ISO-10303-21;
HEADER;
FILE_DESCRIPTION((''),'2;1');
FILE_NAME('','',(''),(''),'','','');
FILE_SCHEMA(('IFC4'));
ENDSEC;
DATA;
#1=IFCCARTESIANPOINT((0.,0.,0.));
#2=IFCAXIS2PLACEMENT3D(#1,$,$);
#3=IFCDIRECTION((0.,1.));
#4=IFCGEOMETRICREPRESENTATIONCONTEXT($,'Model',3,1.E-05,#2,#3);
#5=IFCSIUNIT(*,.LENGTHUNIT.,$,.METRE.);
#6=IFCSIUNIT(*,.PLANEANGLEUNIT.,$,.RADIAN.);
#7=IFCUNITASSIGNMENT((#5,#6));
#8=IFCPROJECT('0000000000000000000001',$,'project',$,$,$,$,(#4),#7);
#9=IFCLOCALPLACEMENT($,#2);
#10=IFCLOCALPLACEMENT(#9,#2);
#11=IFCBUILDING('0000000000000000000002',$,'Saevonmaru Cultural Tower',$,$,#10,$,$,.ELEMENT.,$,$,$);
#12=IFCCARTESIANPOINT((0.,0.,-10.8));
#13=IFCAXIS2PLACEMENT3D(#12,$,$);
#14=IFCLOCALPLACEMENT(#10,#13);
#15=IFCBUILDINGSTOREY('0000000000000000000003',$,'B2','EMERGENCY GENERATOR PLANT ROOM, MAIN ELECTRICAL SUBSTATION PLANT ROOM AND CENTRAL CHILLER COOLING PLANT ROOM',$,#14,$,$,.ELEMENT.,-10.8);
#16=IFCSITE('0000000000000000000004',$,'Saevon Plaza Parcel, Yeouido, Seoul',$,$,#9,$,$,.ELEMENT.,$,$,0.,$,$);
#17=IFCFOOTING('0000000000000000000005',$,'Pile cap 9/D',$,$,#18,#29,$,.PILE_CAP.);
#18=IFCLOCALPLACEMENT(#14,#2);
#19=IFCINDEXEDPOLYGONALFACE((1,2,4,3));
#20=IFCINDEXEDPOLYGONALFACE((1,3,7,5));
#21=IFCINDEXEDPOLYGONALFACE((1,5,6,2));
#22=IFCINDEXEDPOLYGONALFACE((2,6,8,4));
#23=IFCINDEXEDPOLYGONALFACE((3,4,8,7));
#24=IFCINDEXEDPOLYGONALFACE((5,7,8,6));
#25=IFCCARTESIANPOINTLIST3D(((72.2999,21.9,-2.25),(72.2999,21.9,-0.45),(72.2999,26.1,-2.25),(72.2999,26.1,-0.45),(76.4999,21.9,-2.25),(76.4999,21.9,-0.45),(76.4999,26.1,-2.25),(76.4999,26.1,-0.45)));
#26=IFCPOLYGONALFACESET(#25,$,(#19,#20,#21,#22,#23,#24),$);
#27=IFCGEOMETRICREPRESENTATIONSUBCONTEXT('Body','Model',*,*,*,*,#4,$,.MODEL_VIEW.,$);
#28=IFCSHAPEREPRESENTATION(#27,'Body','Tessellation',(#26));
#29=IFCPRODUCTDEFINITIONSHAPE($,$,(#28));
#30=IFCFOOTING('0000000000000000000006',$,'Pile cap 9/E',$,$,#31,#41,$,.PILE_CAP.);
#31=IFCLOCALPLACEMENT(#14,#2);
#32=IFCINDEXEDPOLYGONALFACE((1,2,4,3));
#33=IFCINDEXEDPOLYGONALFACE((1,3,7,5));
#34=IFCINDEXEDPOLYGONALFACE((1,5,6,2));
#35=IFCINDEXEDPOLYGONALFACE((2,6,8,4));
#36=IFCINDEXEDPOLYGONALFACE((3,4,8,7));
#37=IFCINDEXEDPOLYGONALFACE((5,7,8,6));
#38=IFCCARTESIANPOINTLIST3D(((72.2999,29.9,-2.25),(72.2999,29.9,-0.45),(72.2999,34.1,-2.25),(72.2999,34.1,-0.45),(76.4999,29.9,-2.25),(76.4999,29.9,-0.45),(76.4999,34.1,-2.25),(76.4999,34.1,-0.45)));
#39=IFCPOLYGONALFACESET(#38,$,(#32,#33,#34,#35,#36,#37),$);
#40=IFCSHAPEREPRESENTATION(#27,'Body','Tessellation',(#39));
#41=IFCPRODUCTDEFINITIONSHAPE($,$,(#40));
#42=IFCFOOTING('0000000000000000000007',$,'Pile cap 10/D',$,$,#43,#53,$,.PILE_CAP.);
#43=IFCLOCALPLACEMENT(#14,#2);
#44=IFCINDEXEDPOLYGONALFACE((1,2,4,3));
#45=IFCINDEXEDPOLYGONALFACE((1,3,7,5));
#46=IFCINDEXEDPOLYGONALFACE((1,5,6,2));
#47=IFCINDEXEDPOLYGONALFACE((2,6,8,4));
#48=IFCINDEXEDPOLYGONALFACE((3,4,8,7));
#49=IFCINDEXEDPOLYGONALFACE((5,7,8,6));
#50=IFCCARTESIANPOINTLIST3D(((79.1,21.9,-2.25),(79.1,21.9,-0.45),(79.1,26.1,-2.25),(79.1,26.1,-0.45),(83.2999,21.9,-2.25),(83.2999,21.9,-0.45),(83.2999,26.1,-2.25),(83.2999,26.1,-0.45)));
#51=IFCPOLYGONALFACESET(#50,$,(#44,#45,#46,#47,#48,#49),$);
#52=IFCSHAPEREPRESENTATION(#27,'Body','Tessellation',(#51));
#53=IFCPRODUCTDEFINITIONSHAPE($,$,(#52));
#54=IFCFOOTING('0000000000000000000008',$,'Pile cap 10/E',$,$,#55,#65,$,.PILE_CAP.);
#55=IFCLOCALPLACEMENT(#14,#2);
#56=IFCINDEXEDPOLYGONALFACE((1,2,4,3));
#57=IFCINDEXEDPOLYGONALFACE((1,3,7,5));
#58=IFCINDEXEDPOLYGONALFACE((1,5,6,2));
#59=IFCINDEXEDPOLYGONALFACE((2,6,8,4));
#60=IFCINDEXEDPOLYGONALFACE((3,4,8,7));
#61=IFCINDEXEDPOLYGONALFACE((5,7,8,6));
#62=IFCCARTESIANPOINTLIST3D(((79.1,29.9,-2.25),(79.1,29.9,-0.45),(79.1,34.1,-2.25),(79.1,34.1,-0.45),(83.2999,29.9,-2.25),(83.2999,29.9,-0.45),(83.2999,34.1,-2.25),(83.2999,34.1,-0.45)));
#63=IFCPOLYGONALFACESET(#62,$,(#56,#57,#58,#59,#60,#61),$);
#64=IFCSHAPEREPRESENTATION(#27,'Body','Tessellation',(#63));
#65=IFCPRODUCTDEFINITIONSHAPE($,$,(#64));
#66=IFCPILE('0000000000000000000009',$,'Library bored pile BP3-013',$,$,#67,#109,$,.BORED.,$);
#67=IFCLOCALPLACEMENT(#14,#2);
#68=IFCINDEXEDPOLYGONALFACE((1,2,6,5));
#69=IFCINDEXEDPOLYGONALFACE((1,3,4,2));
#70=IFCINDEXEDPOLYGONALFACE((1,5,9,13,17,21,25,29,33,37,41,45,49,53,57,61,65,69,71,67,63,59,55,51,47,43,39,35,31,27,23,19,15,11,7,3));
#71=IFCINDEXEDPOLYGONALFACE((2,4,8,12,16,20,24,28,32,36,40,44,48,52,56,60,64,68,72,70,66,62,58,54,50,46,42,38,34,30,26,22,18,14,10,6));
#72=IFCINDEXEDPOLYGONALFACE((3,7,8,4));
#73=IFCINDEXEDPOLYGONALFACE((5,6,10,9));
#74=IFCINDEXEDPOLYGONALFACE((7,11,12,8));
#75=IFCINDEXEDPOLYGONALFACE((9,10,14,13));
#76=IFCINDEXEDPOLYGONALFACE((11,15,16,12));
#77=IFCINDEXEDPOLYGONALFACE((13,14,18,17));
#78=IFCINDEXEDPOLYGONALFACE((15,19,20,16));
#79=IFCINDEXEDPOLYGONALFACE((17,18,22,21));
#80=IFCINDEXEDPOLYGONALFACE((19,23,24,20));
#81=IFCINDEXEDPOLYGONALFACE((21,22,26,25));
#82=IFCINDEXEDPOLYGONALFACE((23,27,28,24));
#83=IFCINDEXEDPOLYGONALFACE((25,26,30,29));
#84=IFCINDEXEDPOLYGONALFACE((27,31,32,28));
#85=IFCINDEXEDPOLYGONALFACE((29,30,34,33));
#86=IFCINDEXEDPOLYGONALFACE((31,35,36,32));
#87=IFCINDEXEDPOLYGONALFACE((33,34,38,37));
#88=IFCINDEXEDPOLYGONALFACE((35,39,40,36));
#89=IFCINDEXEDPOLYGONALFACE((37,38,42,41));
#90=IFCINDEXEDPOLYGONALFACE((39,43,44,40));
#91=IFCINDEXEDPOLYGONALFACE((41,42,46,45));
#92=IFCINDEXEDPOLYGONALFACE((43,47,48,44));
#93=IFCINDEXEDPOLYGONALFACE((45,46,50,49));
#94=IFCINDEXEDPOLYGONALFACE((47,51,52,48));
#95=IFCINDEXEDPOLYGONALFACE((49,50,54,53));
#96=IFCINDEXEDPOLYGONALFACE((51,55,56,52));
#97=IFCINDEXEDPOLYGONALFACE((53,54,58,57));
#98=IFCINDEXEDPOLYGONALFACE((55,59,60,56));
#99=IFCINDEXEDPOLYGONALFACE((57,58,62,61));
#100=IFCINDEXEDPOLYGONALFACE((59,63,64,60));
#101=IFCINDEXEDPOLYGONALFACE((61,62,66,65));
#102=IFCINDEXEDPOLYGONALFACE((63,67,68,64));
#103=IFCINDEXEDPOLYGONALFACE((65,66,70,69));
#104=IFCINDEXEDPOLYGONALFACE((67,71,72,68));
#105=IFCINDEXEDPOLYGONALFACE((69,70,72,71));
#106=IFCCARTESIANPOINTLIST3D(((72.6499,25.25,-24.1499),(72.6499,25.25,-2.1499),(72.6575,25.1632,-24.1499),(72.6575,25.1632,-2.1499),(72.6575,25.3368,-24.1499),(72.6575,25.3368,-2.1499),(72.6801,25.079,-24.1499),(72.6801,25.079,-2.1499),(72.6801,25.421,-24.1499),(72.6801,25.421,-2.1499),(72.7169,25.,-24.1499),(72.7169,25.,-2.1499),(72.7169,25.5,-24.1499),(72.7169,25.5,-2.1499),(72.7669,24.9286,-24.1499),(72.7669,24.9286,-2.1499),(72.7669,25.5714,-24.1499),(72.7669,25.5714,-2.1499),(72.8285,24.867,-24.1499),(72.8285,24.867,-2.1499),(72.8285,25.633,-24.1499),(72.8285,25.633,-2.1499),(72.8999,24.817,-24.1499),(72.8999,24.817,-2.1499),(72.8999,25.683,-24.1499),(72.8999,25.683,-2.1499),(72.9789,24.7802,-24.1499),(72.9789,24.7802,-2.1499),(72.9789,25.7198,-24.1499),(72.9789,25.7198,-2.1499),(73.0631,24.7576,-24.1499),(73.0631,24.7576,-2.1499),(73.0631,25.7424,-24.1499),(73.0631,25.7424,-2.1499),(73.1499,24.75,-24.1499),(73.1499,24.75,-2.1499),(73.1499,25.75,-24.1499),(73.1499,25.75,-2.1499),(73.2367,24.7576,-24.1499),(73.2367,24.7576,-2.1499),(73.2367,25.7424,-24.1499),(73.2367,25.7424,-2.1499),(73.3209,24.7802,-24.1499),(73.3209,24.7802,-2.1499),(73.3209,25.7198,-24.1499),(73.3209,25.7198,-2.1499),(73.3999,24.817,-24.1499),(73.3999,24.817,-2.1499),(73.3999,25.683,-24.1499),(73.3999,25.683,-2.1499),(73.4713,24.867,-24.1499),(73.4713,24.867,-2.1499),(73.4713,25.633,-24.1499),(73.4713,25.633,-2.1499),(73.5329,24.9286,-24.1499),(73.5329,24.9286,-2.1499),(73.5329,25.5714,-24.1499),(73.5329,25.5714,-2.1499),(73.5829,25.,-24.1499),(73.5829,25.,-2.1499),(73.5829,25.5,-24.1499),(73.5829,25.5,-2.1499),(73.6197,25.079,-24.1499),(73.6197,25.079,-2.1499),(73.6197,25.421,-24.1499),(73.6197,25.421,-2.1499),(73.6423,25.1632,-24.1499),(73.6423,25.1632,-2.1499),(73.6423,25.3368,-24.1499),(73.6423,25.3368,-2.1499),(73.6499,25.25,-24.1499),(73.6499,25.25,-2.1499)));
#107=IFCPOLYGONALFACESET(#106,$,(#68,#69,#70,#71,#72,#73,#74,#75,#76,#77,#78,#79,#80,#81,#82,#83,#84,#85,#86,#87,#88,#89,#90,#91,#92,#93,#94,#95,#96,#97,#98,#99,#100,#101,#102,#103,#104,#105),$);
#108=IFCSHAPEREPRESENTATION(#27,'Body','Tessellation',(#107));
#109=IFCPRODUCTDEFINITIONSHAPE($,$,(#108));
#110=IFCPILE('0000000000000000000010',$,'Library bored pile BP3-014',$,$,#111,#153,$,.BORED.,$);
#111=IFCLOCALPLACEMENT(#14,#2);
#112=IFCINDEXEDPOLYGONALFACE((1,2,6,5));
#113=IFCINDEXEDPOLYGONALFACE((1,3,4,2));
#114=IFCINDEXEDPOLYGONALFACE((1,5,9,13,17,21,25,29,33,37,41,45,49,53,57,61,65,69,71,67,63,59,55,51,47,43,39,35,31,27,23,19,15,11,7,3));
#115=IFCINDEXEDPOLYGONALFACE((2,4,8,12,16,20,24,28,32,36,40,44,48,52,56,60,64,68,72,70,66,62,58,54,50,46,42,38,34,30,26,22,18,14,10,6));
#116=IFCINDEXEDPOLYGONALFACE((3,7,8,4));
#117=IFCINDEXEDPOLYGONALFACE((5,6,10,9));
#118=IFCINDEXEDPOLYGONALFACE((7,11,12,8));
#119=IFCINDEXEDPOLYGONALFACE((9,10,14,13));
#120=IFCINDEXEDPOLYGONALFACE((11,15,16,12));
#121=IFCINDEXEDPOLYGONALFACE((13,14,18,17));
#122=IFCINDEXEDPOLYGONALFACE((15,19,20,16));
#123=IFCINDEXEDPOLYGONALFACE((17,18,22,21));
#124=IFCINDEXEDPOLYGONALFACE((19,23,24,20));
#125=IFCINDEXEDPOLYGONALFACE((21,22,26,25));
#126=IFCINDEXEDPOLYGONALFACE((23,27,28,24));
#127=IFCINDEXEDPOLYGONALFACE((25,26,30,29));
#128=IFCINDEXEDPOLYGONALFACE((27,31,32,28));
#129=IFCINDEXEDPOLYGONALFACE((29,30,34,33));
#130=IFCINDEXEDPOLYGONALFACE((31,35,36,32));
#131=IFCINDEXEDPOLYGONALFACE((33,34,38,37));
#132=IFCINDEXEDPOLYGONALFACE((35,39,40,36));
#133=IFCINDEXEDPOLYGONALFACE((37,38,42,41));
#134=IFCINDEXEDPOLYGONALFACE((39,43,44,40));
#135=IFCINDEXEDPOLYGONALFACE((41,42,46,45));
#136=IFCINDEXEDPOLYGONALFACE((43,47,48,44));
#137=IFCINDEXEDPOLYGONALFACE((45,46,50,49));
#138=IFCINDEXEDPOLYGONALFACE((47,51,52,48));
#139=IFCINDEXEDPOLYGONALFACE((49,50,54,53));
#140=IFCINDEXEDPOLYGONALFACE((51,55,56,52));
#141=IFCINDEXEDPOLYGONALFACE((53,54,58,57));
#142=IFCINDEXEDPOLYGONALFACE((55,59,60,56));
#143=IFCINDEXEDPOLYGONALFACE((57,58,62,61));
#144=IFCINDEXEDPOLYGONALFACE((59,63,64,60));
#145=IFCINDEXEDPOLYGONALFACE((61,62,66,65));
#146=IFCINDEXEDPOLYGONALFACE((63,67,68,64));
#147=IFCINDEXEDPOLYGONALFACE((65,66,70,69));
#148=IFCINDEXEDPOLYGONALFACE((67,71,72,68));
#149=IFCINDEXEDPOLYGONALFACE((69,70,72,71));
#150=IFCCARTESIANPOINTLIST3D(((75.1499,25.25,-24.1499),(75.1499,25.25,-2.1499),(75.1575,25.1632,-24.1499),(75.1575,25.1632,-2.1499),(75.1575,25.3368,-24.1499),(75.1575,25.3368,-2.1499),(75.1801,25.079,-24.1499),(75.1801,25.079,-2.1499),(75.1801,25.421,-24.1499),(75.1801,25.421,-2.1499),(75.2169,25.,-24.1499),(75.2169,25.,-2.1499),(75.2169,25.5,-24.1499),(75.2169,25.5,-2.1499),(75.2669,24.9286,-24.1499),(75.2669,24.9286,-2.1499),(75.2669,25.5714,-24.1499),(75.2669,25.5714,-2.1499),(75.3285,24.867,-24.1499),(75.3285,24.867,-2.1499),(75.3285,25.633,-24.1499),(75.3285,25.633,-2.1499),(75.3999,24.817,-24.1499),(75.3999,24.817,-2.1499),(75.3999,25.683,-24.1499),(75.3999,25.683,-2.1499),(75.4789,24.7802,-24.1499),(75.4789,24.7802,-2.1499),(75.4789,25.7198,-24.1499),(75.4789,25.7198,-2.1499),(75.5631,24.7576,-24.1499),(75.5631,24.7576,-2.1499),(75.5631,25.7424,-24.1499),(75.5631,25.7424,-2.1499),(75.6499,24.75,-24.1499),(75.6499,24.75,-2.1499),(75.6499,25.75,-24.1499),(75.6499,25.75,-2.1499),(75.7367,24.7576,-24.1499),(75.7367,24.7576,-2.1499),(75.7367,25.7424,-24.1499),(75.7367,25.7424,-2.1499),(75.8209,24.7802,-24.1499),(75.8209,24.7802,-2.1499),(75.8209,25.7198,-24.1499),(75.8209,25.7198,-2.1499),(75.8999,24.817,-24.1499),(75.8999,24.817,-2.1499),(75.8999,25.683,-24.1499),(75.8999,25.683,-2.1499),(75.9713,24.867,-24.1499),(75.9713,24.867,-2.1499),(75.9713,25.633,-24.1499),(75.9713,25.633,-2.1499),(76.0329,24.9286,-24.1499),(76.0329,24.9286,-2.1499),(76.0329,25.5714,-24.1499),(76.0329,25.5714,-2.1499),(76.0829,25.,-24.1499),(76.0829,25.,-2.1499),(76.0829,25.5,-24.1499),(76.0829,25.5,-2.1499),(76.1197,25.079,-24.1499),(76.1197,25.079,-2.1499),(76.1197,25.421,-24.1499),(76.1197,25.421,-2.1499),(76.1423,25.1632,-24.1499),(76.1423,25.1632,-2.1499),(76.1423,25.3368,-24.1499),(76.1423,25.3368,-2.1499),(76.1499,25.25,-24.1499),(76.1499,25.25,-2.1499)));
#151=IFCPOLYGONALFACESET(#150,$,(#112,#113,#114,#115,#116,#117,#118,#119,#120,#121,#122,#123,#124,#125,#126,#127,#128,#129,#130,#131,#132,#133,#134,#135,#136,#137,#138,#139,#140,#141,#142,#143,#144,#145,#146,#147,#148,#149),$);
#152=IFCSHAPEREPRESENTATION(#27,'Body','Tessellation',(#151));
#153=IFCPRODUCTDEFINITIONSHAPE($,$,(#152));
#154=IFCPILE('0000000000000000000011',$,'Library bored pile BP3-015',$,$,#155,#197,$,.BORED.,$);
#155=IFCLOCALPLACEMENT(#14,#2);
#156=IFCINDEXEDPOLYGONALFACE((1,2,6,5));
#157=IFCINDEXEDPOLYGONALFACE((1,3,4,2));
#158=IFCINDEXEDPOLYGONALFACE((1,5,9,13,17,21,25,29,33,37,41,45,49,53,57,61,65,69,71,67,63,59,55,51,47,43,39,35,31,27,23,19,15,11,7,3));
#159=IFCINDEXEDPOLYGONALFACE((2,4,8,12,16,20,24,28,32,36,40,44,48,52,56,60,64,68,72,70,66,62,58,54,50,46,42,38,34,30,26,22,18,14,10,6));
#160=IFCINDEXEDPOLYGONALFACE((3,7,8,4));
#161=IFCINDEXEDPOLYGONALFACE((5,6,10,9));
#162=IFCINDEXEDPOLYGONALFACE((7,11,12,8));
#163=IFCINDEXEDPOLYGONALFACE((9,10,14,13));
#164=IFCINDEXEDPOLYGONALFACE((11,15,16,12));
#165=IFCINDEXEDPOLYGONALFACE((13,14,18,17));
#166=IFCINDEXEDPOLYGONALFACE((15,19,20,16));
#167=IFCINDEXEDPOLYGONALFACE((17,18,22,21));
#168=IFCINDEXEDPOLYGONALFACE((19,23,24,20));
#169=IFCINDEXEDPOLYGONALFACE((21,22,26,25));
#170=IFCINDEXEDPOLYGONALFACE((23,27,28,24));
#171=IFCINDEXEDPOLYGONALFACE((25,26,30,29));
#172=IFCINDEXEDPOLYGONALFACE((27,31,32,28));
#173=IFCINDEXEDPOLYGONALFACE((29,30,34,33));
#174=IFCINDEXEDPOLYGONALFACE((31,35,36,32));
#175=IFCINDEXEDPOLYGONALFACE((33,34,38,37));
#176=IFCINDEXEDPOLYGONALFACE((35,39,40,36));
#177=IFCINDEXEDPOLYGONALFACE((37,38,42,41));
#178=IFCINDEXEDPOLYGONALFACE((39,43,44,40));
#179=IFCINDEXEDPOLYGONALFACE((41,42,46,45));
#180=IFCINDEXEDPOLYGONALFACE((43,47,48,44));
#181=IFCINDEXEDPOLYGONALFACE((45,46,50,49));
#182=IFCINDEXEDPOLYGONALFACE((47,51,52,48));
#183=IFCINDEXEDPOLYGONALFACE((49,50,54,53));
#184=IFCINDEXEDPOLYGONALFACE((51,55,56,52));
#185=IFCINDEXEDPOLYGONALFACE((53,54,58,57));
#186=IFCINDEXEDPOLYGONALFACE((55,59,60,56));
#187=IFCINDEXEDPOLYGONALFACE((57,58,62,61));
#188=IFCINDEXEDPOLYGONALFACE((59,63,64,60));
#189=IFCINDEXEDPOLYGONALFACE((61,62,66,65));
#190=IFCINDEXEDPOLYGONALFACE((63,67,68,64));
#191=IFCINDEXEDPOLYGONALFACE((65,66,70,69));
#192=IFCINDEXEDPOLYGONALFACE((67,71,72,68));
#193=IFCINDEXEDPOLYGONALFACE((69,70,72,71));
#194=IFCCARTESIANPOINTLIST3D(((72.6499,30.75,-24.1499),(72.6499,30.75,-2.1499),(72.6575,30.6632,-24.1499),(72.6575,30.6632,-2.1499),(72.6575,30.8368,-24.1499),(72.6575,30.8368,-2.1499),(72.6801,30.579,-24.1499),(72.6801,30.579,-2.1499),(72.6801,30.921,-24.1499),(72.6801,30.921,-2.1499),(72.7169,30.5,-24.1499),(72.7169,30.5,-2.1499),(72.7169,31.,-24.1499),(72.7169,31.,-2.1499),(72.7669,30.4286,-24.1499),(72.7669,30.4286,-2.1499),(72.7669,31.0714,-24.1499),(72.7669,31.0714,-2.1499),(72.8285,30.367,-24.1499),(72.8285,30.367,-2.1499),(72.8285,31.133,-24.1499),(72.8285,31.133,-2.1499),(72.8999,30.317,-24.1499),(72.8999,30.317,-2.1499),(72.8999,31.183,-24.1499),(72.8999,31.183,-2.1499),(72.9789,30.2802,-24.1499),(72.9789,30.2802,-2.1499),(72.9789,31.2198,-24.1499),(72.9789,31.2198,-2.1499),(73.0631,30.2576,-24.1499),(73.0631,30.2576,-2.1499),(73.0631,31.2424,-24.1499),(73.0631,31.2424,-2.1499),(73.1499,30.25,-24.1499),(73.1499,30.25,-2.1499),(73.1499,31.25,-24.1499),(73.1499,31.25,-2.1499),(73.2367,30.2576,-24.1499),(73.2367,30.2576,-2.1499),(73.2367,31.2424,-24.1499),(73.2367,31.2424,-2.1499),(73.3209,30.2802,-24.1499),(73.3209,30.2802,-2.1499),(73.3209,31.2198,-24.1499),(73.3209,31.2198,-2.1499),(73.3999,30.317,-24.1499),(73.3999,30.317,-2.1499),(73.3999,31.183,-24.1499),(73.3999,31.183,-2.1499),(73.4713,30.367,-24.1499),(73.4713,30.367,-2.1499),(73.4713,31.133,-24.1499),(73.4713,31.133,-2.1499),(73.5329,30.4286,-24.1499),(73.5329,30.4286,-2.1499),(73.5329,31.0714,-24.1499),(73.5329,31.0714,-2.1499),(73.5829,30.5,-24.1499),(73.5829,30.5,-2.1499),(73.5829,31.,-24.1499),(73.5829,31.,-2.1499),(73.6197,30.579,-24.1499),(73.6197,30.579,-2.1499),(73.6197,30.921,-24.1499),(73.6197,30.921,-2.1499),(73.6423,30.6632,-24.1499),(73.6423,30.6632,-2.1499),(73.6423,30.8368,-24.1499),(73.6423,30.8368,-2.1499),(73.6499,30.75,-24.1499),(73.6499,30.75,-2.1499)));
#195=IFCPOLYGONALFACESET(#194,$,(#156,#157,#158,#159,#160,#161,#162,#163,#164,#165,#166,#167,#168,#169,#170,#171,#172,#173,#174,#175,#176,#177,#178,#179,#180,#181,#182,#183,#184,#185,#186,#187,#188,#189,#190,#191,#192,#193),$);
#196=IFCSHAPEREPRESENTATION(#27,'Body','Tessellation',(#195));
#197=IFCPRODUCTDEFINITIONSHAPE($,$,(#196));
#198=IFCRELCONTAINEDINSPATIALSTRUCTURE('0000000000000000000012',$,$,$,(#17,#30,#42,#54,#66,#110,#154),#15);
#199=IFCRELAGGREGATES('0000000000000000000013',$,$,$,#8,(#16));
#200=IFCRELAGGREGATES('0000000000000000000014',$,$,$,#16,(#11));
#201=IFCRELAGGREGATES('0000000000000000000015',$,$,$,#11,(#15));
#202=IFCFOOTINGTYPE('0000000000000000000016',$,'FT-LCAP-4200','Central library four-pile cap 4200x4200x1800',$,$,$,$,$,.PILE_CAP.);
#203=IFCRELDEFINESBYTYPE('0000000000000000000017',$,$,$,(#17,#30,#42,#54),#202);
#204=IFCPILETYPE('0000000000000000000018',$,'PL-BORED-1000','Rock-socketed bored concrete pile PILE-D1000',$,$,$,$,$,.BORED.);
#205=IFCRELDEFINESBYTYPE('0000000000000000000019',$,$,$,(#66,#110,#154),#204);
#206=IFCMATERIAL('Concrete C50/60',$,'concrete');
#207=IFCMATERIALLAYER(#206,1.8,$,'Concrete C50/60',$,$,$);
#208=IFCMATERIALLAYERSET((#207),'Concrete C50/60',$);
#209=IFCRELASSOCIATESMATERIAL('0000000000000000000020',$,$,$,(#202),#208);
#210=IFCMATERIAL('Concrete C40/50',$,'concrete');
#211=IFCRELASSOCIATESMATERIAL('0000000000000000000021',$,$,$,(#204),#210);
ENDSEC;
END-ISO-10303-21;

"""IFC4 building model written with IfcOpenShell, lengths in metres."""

from ifc_helpers import new_model, si_unit, direction, frame, origin, origin_2d, place, context, subcontext, project, spatial, rectangle, circle, extrude, material, layer, layer_set, material_profile, profile_set, type_object, element, save


model = new_model("IFC4")

# Units and contexts
model_context = context("Model", 3, precision=1e-05, world=origin(), true_north=direction((0.0, 1.0)))
body_context = subcontext(model_context, "Body", "Model", "MODEL_VIEW")
ifc_project = project(units=[si_unit("LENGTHUNIT", "METRE"), si_unit("PLANEANGLEUNIT", "RADIAN")], contexts=[model_context])

# Site, building, storey
site_placement = place(None, origin())
site = spatial("IfcSite", under=ifc_project, at=site_placement, Name="Saevon Plaza Parcel, Yeouido, Seoul", CompositionType="ELEMENT", RefElevation=0.0)
building_placement = place(site_placement, origin())
building = spatial("IfcBuilding", under=site, at=building_placement, Name="Saevonmaru Cultural Tower", CompositionType="ELEMENT")
storey_placement = place(building_placement, frame((0.0, 0.0, -10.8)))
storey = spatial("IfcBuildingStorey", under=building, at=storey_placement, Name="B2", Description="EMERGENCY GENERATOR PLANT ROOM, MAIN ELECTRICAL SUBSTATION PLANT ROOM AND CENTRAL CHILLER COOLING PLANT ROOM", CompositionType="ELEMENT", Elevation=-10.8)

# Footings
ifc_material_1 = material(Name="Concrete C50/60", Category="concrete")
ifc_layer_1 = layer(ifc_material_1, 1.8, Name="Concrete C50/60")
ifc_layer_set_1 = layer_set([ifc_layer_1], Name="Concrete C50/60")
footing_type = type_object("IfcFootingType", Name="FT-LCAP-4200", Description="Central library four-pile cap 4200x4200x1800", PredefinedType="PILE_CAP", material=ifc_layer_set_1)
for number, where, z_axis, x_axis, name in (
    (1, (74.3999, 24.0, -2.25), (0.0, 0.0, 1.0), (1.0, 0.0, 0.0), "Pile cap 9/D"),
    (2, (74.3999, 32.0, -2.25), (0.0, 0.0, 1.0), (1.0, 0.0, 0.0), "Pile cap 9/E"),
    (3, (81.2, 24.0, -2.25), (0.0, 0.0, 1.0), (1.0, 0.0, 0.0), "Pile cap 10/D"),
    (4, (81.2, 32.0, -2.25), (0.0, 0.0, 1.0), (1.0, 0.0, 0.0), "Pile cap 10/E"),
):
    element("IfcFooting", number, at=place(storey_placement, frame(where, z_axis=z_axis, x_axis=x_axis)), inside=storey, type_object=footing_type, Name=name, PredefinedType="PILE_CAP", context=body_context, shape_type="SweptSolid", body=[
        extrude(rectangle(XDim=4.2, YDim=4.2, at=origin_2d()), origin(), (0.0, 0.0, 1.0), 1.8),
    ])

# Piles
ifc_material_2 = material(Name="Concrete C40/50", Category="concrete")
ifc_material_profile_1 = material_profile(ifc_material_2, circle(Radius=0.5, at=origin_2d()), Name="PILE-D1000")
ifc_profile_set_1 = profile_set([ifc_material_profile_1], Name="Concrete C40/50")
pile_type_1 = type_object("IfcPileType", Name="PL-BORED-1000", Description="Rock-socketed bored concrete pile PILE-D1000", PredefinedType="BORED", material=ifc_profile_set_1)
for number, where, z_axis, x_axis, name in (
    (5, (73.1499, 25.25, -2.1499), (0.0, 0.0, -1.0), (1.0, 0.0, 0.0), "Library bored pile BP3-013"),
    (6, (75.6499, 25.25, -2.1499), (0.0, 0.0, -1.0), (1.0, 0.0, 0.0), "Library bored pile BP3-014"),
    (7, (73.1499, 30.75, -2.1499), (0.0, 0.0, -1.0), (1.0, 0.0, 0.0), "Library bored pile BP3-015"),
):
    element("IfcPile", number, at=place(storey_placement, frame(where, z_axis=z_axis, x_axis=x_axis)), inside=storey, type_object=pile_type_1, Name=name, PredefinedType="BORED", context=body_context, shape_type="SweptSolid", body=[
        extrude(circle(Radius=0.5, at=origin_2d()), origin(), (0.0, 0.0, 1.0), 22.0),
    ])

save(model, "model.ifc")
